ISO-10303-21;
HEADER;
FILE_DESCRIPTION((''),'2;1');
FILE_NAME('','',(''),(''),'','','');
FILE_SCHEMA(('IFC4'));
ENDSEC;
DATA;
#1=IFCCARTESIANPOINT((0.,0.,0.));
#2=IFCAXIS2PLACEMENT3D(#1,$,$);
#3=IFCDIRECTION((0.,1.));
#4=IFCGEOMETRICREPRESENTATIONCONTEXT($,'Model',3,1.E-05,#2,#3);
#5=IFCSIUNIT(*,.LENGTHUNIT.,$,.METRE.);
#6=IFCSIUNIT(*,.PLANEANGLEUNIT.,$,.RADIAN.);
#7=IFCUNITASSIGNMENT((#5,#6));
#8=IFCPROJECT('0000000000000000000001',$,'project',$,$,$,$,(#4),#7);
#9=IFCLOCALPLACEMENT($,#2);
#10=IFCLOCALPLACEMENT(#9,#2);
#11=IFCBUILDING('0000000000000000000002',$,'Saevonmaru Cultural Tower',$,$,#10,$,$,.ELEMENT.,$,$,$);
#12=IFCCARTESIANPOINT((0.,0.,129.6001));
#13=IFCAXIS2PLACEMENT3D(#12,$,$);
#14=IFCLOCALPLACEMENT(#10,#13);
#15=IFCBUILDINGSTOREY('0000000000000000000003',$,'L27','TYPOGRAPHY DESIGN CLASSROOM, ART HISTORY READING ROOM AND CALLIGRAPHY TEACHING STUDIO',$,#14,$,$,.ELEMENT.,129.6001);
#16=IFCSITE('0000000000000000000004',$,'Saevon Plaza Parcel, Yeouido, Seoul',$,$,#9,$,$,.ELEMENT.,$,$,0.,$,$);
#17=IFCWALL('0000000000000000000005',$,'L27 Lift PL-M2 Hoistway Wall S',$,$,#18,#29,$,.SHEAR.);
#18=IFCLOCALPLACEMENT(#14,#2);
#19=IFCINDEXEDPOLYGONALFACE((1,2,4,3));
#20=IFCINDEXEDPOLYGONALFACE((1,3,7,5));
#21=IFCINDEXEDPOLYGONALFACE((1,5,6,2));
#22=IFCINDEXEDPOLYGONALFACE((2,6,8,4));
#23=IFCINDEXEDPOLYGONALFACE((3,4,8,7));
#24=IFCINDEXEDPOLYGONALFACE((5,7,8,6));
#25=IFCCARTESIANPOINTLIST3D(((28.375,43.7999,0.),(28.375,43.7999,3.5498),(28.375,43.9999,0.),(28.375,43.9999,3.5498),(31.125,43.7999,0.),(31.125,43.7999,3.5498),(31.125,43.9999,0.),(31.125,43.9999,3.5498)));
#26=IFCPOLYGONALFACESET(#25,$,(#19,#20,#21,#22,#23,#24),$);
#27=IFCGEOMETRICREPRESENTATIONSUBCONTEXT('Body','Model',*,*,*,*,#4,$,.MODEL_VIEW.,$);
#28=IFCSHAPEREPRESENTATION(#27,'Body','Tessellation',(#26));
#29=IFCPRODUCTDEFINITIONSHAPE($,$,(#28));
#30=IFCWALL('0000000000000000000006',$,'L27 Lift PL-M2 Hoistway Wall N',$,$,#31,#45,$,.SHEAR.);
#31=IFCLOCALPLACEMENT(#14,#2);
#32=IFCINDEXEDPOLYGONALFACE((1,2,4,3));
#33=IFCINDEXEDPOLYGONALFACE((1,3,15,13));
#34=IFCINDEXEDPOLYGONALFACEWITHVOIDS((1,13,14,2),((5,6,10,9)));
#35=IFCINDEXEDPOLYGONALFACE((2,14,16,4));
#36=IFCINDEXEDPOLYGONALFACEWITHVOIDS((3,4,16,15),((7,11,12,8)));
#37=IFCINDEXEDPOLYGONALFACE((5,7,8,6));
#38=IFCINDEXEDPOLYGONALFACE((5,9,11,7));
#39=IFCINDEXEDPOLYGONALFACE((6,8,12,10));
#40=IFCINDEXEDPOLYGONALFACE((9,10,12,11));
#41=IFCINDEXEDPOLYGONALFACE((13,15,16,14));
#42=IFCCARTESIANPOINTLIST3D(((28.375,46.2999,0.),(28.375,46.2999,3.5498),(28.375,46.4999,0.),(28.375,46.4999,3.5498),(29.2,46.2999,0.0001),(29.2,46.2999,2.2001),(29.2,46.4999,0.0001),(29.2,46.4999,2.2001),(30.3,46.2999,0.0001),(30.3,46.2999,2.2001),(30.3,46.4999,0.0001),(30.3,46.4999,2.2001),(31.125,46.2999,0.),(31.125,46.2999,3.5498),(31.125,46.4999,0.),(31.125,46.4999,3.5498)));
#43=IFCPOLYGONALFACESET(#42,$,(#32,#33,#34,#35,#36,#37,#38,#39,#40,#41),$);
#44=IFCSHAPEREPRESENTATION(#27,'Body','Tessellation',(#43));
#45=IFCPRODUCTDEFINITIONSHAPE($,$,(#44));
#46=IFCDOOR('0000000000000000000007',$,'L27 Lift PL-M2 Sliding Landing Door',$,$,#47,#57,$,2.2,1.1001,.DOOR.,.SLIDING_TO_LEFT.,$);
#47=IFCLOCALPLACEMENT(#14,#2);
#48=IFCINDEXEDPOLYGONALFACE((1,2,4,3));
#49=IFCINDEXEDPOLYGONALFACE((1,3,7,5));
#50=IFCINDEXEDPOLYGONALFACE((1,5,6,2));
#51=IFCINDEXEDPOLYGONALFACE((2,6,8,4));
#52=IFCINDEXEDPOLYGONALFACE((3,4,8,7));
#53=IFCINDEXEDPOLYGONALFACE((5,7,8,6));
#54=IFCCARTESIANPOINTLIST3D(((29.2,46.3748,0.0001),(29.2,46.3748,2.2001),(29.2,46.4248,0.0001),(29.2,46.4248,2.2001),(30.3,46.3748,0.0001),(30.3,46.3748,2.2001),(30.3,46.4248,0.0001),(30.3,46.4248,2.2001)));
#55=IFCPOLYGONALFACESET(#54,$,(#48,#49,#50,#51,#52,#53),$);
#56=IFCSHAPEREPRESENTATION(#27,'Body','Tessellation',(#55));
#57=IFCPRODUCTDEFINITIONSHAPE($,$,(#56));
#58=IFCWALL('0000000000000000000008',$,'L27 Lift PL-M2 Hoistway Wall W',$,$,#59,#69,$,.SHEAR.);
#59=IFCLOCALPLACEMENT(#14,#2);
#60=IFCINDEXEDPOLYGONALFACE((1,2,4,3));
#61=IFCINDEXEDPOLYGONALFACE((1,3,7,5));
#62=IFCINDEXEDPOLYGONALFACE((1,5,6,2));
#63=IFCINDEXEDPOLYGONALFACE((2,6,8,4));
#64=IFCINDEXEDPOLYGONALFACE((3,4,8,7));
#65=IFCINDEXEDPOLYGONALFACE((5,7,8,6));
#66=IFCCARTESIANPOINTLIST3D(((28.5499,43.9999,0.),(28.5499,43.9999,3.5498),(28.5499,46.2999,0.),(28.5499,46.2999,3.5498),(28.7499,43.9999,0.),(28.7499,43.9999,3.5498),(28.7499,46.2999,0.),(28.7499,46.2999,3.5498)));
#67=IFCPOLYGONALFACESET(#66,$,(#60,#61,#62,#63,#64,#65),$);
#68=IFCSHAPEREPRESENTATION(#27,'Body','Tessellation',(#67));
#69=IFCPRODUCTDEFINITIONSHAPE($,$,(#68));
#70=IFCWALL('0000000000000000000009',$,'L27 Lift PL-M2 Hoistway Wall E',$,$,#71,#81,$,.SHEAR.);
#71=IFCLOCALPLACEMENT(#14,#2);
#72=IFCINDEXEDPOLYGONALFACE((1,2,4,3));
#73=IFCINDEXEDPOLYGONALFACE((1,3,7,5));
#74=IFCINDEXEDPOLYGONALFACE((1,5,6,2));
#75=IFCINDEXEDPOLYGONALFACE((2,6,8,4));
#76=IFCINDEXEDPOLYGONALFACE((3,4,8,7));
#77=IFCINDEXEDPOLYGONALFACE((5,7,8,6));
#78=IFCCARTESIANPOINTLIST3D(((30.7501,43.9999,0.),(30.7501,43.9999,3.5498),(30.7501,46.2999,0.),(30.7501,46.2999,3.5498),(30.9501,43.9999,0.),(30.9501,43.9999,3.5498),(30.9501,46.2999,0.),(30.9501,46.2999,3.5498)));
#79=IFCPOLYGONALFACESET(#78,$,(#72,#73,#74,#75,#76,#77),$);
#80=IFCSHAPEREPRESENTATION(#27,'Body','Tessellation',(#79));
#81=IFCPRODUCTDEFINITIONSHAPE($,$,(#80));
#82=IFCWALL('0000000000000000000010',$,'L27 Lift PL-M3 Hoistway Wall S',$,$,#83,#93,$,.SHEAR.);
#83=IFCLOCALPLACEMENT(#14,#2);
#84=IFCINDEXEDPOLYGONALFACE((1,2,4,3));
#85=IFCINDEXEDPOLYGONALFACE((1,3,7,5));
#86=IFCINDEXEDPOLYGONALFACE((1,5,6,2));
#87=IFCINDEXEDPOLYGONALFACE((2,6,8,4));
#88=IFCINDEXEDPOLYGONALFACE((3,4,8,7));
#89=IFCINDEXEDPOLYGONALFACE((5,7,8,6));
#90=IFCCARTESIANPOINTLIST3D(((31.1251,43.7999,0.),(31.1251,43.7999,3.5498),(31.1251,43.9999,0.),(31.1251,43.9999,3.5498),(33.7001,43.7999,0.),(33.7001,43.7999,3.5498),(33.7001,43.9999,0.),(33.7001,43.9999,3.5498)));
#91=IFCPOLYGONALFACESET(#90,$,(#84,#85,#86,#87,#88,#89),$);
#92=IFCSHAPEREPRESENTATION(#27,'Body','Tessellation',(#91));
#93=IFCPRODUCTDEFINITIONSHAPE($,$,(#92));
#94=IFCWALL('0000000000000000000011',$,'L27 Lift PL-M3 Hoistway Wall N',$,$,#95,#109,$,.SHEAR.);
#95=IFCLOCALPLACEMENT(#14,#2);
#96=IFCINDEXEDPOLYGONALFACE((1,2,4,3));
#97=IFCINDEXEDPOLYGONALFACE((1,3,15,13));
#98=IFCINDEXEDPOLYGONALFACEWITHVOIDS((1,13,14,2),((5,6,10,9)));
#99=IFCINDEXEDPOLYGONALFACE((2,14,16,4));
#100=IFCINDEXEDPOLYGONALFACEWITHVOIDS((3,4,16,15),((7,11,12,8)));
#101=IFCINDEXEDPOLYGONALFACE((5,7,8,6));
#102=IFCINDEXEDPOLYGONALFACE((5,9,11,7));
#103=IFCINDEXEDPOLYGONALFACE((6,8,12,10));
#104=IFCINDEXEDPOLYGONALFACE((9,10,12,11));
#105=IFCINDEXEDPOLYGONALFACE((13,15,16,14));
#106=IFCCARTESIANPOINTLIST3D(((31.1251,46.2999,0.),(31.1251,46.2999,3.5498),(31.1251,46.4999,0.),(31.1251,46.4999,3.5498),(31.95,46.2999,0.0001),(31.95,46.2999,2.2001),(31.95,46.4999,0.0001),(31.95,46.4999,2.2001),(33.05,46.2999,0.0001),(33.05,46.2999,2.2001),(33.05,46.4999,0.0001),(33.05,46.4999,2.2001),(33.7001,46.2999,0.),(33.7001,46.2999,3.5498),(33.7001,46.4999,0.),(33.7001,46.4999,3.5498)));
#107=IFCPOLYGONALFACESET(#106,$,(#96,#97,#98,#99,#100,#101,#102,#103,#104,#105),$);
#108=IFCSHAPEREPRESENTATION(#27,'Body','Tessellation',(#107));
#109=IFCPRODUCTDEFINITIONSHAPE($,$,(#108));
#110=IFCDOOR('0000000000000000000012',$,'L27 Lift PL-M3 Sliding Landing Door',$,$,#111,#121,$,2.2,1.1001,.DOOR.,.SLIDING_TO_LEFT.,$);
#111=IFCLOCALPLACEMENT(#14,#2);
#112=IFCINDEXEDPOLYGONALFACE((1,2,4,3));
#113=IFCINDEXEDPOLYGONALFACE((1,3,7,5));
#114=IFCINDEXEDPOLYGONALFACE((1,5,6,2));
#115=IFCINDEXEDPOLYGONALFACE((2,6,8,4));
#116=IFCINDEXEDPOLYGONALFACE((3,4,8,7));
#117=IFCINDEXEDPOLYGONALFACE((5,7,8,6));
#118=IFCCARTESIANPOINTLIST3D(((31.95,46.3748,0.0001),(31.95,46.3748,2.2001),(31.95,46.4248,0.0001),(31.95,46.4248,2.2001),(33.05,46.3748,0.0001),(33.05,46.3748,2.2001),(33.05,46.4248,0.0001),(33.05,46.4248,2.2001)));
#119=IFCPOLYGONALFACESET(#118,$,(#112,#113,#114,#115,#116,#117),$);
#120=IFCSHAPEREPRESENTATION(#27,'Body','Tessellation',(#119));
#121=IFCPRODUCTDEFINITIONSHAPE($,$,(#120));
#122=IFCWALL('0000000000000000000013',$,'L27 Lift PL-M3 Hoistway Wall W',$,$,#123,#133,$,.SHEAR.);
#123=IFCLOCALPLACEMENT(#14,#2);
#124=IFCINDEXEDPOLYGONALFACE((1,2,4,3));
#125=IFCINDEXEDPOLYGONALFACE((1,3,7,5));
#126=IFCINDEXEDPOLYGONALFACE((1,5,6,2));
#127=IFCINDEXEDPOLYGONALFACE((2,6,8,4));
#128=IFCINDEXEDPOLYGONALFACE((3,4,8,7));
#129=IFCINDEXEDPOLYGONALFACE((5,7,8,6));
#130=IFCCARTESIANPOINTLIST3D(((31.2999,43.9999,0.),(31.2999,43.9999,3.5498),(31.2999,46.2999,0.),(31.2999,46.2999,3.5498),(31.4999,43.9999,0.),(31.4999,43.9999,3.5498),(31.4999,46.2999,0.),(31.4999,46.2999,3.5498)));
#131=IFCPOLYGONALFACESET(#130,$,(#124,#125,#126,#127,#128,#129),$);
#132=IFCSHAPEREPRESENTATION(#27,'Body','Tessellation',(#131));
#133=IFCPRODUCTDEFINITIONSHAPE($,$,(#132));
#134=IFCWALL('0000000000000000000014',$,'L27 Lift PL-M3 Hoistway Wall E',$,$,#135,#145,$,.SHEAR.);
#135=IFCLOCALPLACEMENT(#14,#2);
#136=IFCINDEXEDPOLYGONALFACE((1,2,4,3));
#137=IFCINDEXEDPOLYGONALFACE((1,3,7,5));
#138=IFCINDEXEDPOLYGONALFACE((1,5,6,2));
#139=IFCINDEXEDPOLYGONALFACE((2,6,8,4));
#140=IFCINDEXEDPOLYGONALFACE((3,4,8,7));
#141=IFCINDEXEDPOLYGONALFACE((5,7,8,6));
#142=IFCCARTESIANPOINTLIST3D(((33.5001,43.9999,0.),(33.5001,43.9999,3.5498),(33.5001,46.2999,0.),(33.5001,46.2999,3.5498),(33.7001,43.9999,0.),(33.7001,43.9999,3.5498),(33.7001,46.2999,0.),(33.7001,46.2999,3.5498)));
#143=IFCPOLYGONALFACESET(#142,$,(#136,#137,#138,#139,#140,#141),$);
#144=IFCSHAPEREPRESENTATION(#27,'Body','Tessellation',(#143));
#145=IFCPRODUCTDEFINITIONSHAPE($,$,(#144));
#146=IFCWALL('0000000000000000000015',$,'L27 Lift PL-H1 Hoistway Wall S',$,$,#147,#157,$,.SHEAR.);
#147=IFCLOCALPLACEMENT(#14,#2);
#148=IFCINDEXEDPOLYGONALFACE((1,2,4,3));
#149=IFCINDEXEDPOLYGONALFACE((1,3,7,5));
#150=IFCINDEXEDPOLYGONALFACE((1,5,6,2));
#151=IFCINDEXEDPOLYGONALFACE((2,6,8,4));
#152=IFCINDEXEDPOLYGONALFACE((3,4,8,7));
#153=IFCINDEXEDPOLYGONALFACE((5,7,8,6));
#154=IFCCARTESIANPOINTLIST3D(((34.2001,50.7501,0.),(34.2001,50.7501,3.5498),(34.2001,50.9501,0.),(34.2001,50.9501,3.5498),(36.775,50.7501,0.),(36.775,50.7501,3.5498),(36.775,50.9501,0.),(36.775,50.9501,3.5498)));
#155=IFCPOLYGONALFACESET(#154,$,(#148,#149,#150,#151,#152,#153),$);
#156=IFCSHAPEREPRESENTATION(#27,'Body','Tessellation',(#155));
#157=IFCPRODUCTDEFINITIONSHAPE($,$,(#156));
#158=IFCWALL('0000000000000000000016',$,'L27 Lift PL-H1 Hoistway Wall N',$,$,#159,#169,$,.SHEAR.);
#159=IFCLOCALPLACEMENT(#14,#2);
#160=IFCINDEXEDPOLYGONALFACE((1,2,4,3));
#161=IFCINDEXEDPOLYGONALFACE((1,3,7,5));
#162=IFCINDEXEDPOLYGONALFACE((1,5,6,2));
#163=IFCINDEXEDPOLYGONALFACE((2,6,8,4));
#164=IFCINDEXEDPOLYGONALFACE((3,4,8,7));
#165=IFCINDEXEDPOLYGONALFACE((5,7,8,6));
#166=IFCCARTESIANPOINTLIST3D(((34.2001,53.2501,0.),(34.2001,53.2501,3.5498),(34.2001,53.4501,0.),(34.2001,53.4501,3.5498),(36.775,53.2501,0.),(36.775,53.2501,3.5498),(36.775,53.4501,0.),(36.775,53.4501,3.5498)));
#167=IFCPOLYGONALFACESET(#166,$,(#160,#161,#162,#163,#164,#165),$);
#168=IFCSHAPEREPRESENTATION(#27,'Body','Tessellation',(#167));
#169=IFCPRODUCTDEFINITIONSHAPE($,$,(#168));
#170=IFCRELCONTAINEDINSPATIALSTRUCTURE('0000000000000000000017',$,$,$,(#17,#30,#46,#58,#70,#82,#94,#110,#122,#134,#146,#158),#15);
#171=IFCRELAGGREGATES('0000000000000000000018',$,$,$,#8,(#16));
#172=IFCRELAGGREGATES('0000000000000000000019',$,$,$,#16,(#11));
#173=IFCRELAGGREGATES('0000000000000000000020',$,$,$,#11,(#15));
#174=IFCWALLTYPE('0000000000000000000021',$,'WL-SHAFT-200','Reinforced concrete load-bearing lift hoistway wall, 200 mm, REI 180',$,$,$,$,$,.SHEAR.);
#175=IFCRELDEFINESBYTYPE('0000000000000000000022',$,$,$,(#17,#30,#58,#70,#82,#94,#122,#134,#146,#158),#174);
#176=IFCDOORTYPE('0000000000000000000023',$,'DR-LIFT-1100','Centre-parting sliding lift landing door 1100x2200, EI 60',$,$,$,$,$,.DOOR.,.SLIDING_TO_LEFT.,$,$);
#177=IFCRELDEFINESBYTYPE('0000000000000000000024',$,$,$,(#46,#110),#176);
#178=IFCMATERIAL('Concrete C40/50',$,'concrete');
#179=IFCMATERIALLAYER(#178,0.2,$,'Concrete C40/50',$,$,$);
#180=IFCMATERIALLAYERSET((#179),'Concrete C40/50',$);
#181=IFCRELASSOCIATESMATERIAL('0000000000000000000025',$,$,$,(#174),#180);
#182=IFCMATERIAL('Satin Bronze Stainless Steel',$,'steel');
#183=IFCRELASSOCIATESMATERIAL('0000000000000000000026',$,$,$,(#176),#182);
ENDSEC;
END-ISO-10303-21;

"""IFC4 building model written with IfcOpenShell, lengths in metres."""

from ifc_helpers import new_model, si_unit, direction, frame, frame_2d, origin, place, context, subcontext, project, spatial, rectangle, extrude, material, layer, layer_set, type_object, element, fill, save


model = new_model("IFC4")

# Units and contexts
model_context = context("Model", 3, precision=1e-05, world=origin(), true_north=direction((0.0, 1.0)))
body_context = subcontext(model_context, "Body", "Model", "MODEL_VIEW")
ifc_project = project(units=[si_unit("LENGTHUNIT", "METRE"), si_unit("PLANEANGLEUNIT", "RADIAN")], contexts=[model_context])

# Site, building, storey
site_placement = place(None, origin())
site = spatial("IfcSite", under=ifc_project, at=site_placement, Name="Saevon Plaza Parcel, Yeouido, Seoul", CompositionType="ELEMENT", RefElevation=0.0)
building_placement = place(site_placement, origin())
building = spatial("IfcBuilding", under=site, at=building_placement, Name="Saevonmaru Cultural Tower", CompositionType="ELEMENT")
storey_placement = place(building_placement, frame((0.0, 0.0, 129.6001)))
storey = spatial("IfcBuildingStorey", under=building, at=storey_placement, Name="L27", Description="TYPOGRAPHY DESIGN CLASSROOM, ART HISTORY READING ROOM AND CALLIGRAPHY TEACHING STUDIO", CompositionType="ELEMENT", Elevation=129.6001)

# Wall
ifc_material_1 = material(Name="Concrete C40/50", Category="concrete")
ifc_layer_1 = layer(ifc_material_1, 0.2, Name="Concrete C40/50")
ifc_layer_set_1 = layer_set([ifc_layer_1], Name="Concrete C40/50")
wall_type_1 = type_object("IfcWallType", Name="WL-SHAFT-200", Description="Reinforced concrete load-bearing lift hoistway wall, 200 mm, REI 180", PredefinedType="SHEAR", material=ifc_layer_set_1)
wall_1_placement = place(storey_placement, frame((28.375, 43.8999, 0.0), z_axis=(0.0, 0.0, 1.0), x_axis=(1.0, 0.0, 0.0)))
element("IfcWall", 1, at=wall_1_placement, inside=storey, type_object=wall_type_1, Name="L27 Lift PL-M2 Hoistway Wall S", PredefinedType="SHEAR", context=body_context, shape_type="SweptSolid", body=[
    extrude(rectangle(XDim=2.75, YDim=0.2, at=frame_2d((1.375, 0.0))), origin(), (0.0, 0.0, 1.0), 3.5498),
])

# Wall, opening, door
wall_2_placement = place(storey_placement, frame((28.375, 46.3999, 0.0), z_axis=(0.0, 0.0, 1.0), x_axis=(1.0, 0.0, 0.0)))
wall_2 = element("IfcWall", 2, at=wall_2_placement, inside=storey, type_object=wall_type_1, Name="L27 Lift PL-M2 Hoistway Wall N", PredefinedType="SHEAR", context=body_context, shape_type="SweptSolid", body=[
    extrude(rectangle(XDim=2.75, YDim=0.2, at=frame_2d((1.375, 0.0))), origin(), (0.0, 0.0, 1.0), 3.5498),
])
opening_1_placement = place(wall_2_placement, frame((0.825, 0.0, 0.0)))
opening_1 = element("IfcOpeningElement", 3, at=opening_1_placement, cuts=wall_2, PredefinedType="OPENING", context=body_context, shape_type="SweptSolid", body=[
    extrude(rectangle(XDim=1.1001, YDim=2.2, at=frame_2d((0.55, 1.1001))), frame((0.0, 0.1099, 0.0), z_axis=(0.0, -1.0, 0.0), x_axis=(1.0, 0.0, 0.0)), (0.0, 0.0, 1.0), 0.22),
])
ifc_material_2 = material(Name="Satin Bronze Stainless Steel", Category="steel")
door_type_1 = type_object("IfcDoorType", Name="DR-LIFT-1100", Description="Centre-parting sliding lift landing door 1100x2200, EI 60", OperationType="SLIDING_TO_LEFT", PredefinedType="DOOR", material=ifc_material_2)
door_1_placement = place(opening_1_placement, origin())
door_1 = element("IfcDoor", 4, at=door_1_placement, inside=storey, type_object=door_type_1, Name="L27 Lift PL-M2 Sliding Landing Door", OperationType="SLIDING_TO_LEFT", OverallHeight=2.2, OverallWidth=1.1001, PredefinedType="DOOR", context=body_context, shape_type="SweptSolid", body=[
    extrude(rectangle(XDim=1.1001, YDim=2.2, at=frame_2d((0.55, 1.1001))), frame((0.0, 0.0249, 0.0), z_axis=(0.0, -1.0, 0.0), x_axis=(1.0, 0.0, 0.0)), (0.0, 0.0, 1.0), 0.05),
])
fill(opening_1, door_1)

# Walls
for number, where, z_axis, x_axis, name in (
    (5, (28.6499, 44.0, 0.0), (0.0, 0.0, 1.0), (0.0, 1.0, 0.0), "L27 Lift PL-M2 Hoistway Wall W"),
    (6, (30.8501, 44.0, 0.0), (0.0, 0.0, 1.0), (0.0, 1.0, 0.0), "L27 Lift PL-M2 Hoistway Wall E"),
):
    element("IfcWall", number, at=place(storey_placement, frame(where, z_axis=z_axis, x_axis=x_axis)), inside=storey, type_object=wall_type_1, Name=name, PredefinedType="SHEAR", context=body_context, shape_type="SweptSolid", body=[
        extrude(rectangle(XDim=2.3, YDim=0.2, at=frame_2d((1.1499, 0.0))), origin(), (0.0, 0.0, 1.0), 3.5498),
    ])
wall_3_placement = place(storey_placement, frame((31.125, 43.8999, 0.0), z_axis=(0.0, 0.0, 1.0), x_axis=(1.0, 0.0, 0.0)))
element("IfcWall", 7, at=wall_3_placement, inside=storey, type_object=wall_type_1, Name="L27 Lift PL-M3 Hoistway Wall S", PredefinedType="SHEAR", context=body_context, shape_type="SweptSolid", body=[
    extrude(rectangle(XDim=2.575, YDim=0.2, at=frame_2d((1.2876, 0.0))), origin(), (0.0, 0.0, 1.0), 3.5498),
])

# Wall, opening, door
wall_4_placement = place(storey_placement, frame((31.125, 46.3999, 0.0), z_axis=(0.0, 0.0, 1.0), x_axis=(1.0, 0.0, 0.0)))
wall_4 = element("IfcWall", 8, at=wall_4_placement, inside=storey, type_object=wall_type_1, Name="L27 Lift PL-M3 Hoistway Wall N", PredefinedType="SHEAR", context=body_context, shape_type="SweptSolid", body=[
    extrude(rectangle(XDim=2.575, YDim=0.2, at=frame_2d((1.2876, 0.0))), origin(), (0.0, 0.0, 1.0), 3.5498),
])
opening_2_placement = place(wall_4_placement, frame((0.825, 0.0, 0.0)))
opening_2 = element("IfcOpeningElement", 9, at=opening_2_placement, cuts=wall_4, PredefinedType="OPENING", context=body_context, shape_type="SweptSolid", body=[
    extrude(rectangle(XDim=1.1001, YDim=2.2, at=frame_2d((0.55, 1.1001))), frame((0.0, 0.1099, 0.0), z_axis=(0.0, -1.0, 0.0), x_axis=(1.0, 0.0, 0.0)), (0.0, 0.0, 1.0), 0.22),
])
door_2_placement = place(opening_2_placement, origin())
door_2 = element("IfcDoor", 10, at=door_2_placement, inside=storey, type_object=door_type_1, Name="L27 Lift PL-M3 Sliding Landing Door", OperationType="SLIDING_TO_LEFT", OverallHeight=2.2, OverallWidth=1.1001, PredefinedType="DOOR", context=body_context, shape_type="SweptSolid", body=[
    extrude(rectangle(XDim=1.1001, YDim=2.2, at=frame_2d((0.55, 1.1001))), frame((0.0, 0.0249, 0.0), z_axis=(0.0, -1.0, 0.0), x_axis=(1.0, 0.0, 0.0)), (0.0, 0.0, 1.0), 0.05),
])
fill(opening_2, door_2)

# Walls
for number, where, z_axis, x_axis, name in (
    (11, (31.3999, 44.0, 0.0), (0.0, 0.0, 1.0), (0.0, 1.0, 0.0), "L27 Lift PL-M3 Hoistway Wall W"),
    (12, (33.6001, 44.0, 0.0), (0.0, 0.0, 1.0), (0.0, 1.0, 0.0), "L27 Lift PL-M3 Hoistway Wall E"),
):
    element("IfcWall", number, at=place(storey_placement, frame(where, z_axis=z_axis, x_axis=x_axis)), inside=storey, type_object=wall_type_1, Name=name, PredefinedType="SHEAR", context=body_context, shape_type="SweptSolid", body=[
        extrude(rectangle(XDim=2.3, YDim=0.2, at=frame_2d((1.1499, 0.0))), origin(), (0.0, 0.0, 1.0), 3.5498),
    ])
for number, where, z_axis, x_axis, name in (
    (13, (34.2, 50.8501, 0.0), (0.0, 0.0, 1.0), (1.0, 0.0, 0.0), "L27 Lift PL-H1 Hoistway Wall S"),
    (14, (34.2, 53.3501, 0.0), (0.0, 0.0, 1.0), (1.0, 0.0, 0.0), "L27 Lift PL-H1 Hoistway Wall N"),
):
    element("IfcWall", number, at=place(storey_placement, frame(where, z_axis=z_axis, x_axis=x_axis)), inside=storey, type_object=wall_type_1, Name=name, PredefinedType="SHEAR", context=body_context, shape_type="SweptSolid", body=[
        extrude(rectangle(XDim=2.575, YDim=0.2, at=frame_2d((1.2876, 0.0))), origin(), (0.0, 0.0, 1.0), 3.5498),
    ])

save(model, "model.ifc")
